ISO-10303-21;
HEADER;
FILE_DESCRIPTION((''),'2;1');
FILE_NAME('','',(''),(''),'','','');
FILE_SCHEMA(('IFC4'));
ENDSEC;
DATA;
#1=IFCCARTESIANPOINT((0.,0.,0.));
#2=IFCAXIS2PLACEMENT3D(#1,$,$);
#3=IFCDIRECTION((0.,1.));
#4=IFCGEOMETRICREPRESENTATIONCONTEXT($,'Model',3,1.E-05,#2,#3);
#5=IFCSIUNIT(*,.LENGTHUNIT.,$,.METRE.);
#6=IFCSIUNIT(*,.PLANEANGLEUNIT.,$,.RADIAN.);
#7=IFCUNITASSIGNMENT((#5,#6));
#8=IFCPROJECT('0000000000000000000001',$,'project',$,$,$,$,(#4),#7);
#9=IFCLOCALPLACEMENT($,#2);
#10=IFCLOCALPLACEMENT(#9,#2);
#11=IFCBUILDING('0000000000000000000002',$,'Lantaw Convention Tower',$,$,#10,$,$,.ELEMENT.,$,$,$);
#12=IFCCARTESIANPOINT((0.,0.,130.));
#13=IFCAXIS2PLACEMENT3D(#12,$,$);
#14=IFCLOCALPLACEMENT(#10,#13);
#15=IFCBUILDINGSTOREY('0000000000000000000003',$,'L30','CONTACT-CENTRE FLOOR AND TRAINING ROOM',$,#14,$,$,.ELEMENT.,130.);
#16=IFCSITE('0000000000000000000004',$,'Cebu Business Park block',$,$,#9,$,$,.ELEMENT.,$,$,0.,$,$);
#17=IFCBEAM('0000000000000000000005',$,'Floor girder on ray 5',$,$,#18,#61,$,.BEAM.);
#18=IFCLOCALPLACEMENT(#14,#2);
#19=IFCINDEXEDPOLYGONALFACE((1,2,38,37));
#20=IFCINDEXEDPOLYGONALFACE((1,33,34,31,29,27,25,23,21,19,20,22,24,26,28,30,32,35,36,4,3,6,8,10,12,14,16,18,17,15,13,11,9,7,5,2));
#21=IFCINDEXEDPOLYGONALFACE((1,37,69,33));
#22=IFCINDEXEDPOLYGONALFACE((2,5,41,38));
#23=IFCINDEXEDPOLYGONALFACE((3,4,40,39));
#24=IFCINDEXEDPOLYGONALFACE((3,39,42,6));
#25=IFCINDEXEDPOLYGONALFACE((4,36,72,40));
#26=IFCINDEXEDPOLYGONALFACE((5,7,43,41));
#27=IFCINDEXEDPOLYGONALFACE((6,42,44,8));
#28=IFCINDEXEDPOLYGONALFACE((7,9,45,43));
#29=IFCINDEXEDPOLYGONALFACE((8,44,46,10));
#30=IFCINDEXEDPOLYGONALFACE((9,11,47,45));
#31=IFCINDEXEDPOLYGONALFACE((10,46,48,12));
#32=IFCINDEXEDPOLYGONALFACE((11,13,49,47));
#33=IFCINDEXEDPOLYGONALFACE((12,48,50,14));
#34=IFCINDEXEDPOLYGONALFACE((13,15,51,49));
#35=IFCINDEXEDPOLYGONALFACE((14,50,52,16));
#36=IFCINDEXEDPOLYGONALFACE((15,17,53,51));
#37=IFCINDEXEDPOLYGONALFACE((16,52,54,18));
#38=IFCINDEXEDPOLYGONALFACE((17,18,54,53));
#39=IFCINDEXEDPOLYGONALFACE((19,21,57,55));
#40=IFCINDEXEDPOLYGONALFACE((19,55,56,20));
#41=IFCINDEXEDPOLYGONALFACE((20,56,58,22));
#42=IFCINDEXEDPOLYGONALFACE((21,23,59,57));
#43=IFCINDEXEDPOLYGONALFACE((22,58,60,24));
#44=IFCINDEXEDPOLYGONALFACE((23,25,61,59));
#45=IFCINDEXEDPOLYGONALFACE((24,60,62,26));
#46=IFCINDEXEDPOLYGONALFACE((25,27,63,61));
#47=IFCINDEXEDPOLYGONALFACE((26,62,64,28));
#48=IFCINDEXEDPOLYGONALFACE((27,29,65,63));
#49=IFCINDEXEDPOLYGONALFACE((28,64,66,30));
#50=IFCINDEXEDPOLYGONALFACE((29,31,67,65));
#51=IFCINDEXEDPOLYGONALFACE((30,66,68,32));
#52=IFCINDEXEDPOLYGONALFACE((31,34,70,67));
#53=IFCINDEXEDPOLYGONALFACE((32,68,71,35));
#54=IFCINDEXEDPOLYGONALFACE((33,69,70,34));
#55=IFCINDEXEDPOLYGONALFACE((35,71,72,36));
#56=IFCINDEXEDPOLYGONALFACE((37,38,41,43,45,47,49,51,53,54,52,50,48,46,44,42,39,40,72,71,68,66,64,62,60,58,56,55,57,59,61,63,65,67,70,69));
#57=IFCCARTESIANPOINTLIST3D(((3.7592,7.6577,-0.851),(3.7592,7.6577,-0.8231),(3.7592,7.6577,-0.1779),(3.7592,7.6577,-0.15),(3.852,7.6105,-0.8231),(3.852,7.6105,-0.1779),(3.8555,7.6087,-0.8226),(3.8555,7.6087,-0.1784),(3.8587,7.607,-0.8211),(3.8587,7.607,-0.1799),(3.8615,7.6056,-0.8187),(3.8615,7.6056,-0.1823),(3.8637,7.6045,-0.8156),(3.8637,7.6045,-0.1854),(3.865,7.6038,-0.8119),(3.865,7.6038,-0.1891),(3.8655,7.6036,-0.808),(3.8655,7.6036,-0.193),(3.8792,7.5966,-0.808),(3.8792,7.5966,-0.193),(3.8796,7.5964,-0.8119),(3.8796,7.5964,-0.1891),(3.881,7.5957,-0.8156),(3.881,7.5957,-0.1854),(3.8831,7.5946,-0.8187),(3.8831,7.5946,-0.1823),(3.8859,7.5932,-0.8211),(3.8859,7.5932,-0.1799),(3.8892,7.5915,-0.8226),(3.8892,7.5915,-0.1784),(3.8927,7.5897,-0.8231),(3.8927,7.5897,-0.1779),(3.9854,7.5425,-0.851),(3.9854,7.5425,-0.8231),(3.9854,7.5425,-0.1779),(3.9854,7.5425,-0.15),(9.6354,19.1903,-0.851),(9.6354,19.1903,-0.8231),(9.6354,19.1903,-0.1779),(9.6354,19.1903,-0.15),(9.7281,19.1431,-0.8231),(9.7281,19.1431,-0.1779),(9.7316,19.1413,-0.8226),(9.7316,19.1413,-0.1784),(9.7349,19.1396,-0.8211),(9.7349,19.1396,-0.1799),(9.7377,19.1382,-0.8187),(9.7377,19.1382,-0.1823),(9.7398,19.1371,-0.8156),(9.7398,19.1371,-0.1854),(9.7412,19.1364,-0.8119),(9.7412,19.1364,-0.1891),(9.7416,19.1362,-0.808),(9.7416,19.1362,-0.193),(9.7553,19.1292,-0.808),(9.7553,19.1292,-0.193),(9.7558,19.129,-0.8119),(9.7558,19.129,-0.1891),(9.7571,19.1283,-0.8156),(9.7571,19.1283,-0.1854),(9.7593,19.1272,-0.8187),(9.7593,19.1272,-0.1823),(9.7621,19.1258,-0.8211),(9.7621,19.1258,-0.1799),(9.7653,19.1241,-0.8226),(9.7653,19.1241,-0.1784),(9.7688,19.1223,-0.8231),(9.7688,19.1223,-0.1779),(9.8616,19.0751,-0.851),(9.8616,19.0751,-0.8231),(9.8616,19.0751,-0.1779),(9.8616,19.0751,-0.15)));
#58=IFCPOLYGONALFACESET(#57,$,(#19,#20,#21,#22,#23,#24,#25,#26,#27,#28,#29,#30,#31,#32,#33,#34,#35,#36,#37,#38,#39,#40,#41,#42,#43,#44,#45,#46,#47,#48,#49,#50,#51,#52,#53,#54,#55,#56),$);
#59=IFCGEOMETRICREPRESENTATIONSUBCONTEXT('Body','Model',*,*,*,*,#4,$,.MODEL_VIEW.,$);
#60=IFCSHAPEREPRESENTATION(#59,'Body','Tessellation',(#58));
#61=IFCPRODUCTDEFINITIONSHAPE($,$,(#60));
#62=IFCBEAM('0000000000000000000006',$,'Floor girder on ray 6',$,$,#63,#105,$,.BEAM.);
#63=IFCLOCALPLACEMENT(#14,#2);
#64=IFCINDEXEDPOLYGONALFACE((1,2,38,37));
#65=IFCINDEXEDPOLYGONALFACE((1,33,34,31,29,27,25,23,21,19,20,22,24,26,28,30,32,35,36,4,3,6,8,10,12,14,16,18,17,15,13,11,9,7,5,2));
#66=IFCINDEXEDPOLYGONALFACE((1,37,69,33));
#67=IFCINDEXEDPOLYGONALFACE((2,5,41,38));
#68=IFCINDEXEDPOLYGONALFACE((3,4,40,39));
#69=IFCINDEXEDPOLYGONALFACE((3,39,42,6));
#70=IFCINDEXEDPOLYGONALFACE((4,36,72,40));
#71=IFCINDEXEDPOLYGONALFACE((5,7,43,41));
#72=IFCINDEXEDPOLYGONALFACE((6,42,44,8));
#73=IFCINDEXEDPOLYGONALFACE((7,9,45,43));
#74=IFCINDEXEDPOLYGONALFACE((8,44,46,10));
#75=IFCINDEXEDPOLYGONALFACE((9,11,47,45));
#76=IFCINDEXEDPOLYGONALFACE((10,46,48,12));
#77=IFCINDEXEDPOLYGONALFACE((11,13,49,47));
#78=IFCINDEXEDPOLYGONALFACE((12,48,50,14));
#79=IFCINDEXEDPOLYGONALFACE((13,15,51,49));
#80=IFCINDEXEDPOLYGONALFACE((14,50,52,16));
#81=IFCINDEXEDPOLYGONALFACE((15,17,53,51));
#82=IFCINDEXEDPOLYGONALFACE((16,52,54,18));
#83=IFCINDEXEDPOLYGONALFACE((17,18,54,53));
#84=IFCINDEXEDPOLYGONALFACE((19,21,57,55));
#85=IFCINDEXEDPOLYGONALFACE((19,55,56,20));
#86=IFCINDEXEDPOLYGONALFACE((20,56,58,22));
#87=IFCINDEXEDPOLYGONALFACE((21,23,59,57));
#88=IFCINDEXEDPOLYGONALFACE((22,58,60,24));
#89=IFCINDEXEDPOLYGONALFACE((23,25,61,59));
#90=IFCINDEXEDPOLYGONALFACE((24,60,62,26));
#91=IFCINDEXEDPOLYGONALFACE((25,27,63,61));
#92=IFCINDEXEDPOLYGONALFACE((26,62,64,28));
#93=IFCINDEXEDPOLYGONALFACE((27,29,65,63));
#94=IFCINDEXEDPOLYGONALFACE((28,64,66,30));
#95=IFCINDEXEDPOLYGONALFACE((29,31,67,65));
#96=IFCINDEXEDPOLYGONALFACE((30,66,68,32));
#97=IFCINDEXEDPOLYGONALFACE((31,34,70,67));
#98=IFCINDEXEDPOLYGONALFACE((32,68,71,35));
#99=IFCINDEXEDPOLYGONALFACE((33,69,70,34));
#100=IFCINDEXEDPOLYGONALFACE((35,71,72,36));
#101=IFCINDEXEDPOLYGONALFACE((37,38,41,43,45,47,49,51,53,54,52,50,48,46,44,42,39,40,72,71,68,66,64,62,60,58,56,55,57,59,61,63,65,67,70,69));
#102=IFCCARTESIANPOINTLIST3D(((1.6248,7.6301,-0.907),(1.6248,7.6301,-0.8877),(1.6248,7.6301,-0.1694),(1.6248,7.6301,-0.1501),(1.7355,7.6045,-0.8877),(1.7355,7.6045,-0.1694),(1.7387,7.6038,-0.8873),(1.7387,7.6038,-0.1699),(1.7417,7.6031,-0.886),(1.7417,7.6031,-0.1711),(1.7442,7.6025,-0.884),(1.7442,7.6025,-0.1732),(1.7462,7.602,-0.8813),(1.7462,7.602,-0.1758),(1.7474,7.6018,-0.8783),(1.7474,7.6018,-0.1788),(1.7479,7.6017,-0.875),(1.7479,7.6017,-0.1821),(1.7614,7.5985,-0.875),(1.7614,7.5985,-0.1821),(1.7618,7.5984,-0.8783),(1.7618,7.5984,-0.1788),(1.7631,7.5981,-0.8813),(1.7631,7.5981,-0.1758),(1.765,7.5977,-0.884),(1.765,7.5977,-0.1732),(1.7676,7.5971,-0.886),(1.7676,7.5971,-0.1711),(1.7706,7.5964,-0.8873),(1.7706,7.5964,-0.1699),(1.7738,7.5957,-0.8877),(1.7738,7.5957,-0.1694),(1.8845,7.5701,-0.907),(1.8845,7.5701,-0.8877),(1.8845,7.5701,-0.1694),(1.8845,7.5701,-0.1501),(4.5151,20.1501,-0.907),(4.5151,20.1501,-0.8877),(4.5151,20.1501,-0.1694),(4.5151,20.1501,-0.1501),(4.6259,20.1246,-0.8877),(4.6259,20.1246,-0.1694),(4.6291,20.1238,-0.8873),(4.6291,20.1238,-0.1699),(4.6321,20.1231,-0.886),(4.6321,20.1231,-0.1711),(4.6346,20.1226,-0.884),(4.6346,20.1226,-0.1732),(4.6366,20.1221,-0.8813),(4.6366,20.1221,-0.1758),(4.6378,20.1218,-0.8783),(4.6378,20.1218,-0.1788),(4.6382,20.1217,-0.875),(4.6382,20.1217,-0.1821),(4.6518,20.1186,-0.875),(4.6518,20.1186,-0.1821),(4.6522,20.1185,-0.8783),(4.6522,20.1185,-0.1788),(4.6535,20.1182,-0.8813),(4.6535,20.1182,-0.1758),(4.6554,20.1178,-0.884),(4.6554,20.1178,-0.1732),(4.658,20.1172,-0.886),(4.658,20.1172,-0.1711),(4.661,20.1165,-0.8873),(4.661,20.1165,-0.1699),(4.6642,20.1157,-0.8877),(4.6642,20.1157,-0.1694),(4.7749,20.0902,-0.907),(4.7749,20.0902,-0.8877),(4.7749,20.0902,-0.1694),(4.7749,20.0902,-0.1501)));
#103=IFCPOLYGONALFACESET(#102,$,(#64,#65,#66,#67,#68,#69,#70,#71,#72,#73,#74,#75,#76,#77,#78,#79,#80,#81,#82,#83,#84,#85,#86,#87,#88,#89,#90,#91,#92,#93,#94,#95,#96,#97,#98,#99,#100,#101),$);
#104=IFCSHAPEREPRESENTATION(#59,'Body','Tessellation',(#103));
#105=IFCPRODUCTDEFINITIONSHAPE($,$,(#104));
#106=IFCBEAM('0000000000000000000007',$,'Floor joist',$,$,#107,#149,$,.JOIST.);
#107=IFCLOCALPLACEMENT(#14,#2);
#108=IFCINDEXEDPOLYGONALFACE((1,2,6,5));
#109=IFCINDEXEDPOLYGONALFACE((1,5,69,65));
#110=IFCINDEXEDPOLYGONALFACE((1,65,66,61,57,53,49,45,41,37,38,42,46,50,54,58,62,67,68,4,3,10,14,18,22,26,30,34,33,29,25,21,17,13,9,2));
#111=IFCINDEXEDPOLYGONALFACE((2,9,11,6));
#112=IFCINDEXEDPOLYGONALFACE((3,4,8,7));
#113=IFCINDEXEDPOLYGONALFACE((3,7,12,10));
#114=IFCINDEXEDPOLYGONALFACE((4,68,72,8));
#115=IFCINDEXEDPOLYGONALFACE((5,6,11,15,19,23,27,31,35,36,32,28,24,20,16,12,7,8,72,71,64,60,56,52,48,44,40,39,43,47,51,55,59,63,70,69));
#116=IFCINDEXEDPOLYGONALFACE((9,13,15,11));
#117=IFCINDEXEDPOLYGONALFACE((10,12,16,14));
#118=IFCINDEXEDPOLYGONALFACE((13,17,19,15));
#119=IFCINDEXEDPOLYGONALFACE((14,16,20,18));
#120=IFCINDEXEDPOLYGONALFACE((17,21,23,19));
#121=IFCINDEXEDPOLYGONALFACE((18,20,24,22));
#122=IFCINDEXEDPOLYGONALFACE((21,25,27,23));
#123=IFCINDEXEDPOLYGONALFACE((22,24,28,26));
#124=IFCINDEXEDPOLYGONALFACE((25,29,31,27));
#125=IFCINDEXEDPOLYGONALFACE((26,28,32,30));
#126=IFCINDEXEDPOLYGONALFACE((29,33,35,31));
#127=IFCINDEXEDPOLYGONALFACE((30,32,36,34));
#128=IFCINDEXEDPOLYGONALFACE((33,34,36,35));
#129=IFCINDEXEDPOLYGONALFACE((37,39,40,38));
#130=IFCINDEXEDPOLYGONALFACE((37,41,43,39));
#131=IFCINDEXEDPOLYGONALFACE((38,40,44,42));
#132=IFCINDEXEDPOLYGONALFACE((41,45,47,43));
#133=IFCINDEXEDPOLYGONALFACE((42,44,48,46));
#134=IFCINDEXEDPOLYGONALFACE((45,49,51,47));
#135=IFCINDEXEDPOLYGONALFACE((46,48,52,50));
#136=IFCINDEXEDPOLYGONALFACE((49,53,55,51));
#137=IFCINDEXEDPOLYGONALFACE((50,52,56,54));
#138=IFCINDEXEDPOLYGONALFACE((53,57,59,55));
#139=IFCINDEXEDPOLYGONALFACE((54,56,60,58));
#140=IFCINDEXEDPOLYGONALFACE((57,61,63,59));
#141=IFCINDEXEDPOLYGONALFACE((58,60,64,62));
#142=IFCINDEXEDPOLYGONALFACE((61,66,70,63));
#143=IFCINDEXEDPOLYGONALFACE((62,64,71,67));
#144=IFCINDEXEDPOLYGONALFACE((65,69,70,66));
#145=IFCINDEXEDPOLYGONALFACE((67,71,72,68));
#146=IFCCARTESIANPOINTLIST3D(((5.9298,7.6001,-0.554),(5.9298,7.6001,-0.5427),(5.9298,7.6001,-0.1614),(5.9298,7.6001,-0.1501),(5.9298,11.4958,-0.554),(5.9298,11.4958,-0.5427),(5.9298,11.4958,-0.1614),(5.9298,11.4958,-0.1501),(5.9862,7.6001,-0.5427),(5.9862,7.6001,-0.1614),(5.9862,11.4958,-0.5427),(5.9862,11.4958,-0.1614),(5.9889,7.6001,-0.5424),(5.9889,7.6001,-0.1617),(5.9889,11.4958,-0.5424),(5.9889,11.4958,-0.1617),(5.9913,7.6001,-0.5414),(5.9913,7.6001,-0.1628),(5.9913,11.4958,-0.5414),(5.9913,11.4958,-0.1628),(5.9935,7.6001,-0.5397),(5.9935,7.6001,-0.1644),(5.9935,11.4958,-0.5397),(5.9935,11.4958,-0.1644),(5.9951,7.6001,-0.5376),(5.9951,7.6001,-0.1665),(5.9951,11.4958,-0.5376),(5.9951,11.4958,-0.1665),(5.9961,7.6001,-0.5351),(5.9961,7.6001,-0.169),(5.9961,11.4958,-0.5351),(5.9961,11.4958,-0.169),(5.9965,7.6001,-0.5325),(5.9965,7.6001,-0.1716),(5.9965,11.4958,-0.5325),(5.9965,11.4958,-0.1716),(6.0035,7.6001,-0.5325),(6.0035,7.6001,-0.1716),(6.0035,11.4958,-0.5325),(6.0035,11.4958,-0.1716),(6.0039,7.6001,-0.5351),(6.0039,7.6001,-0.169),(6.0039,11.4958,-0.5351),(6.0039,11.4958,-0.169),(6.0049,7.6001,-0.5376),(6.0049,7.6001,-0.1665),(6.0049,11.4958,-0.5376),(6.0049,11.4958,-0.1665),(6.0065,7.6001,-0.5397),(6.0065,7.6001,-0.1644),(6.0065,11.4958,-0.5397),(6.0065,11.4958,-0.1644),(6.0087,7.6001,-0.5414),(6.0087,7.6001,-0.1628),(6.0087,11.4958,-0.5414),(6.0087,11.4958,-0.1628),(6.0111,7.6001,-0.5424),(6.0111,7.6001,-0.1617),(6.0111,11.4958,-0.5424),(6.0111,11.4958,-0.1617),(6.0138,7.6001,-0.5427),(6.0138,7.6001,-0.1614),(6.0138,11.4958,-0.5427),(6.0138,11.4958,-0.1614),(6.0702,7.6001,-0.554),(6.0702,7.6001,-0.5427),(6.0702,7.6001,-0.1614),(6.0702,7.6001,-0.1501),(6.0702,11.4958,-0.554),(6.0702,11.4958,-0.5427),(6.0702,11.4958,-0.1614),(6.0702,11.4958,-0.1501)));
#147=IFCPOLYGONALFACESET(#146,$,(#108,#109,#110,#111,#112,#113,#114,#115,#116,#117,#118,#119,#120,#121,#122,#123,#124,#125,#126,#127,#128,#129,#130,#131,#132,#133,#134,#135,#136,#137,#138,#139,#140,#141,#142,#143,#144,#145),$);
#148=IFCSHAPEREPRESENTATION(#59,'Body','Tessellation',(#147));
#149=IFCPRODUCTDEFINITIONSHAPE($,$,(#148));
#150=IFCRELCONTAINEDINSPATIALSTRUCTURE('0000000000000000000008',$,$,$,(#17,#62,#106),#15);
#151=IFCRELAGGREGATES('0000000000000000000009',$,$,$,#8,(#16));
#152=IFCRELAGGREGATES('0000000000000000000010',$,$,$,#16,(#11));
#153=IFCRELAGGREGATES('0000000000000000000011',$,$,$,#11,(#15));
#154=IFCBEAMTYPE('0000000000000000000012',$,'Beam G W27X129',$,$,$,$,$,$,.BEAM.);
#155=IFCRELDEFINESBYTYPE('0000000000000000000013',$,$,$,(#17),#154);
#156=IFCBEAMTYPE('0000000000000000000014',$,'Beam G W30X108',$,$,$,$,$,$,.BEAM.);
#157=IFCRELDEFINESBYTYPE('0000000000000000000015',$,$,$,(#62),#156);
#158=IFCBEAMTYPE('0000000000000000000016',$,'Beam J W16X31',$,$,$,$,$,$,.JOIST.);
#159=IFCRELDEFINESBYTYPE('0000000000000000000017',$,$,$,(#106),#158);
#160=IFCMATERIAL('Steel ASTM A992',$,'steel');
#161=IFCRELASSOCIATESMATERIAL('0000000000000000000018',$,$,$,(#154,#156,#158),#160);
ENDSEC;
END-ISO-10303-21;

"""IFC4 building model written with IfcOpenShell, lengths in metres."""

from ifc_helpers import new_model, si_unit, direction, frame, origin, origin_2d, place, context, subcontext, project, spatial, i_section, extrude, material, material_profile, profile_set, type_object, element, save


model = new_model("IFC4")

# Units and contexts
model_context = context("Model", 3, precision=1e-05, world=origin(), true_north=direction((0.0, 1.0)))
body_context = subcontext(model_context, "Body", "Model", "MODEL_VIEW")
ifc_project = project(units=[si_unit("LENGTHUNIT", "METRE"), si_unit("PLANEANGLEUNIT", "RADIAN")], contexts=[model_context])

# Site, building, storey
site_placement = place(None, origin())
site = spatial("IfcSite", under=ifc_project, at=site_placement, Name="Cebu Business Park block", CompositionType="ELEMENT", RefElevation=0.0)
building_placement = place(site_placement, origin())
building = spatial("IfcBuilding", under=site, at=building_placement, Name="Lantaw Convention Tower", CompositionType="ELEMENT")
storey_placement = place(building_placement, frame((0.0, 0.0, 130.0)))
storey = spatial("IfcBuildingStorey", under=building, at=storey_placement, Name="L30", Description="CONTACT-CENTRE FLOOR AND TRAINING ROOM", CompositionType="ELEMENT", Elevation=130.0)

# Beams
ifc_material_1 = material(Name="Steel ASTM A992", Category="steel")
ifc_material_profile_1 = material_profile(ifc_material_1, i_section(OverallWidth=0.2539, OverallDepth=0.7009, WebThickness=0.0154, FlangeThickness=0.0278, FilletRadius=0.0151, at=origin_2d()), Name="W27X129")
ifc_profile_set_1 = profile_set([ifc_material_profile_1], Name="Steel ASTM A992")
beam_type_1 = type_object("IfcBeamType", Name="Beam G W27X129", PredefinedType="BEAM", material=ifc_profile_set_1)
beam_1_placement = place(storey_placement, frame((3.8723, 7.6001, -0.5005), z_axis=(0.453991, 0.891006, 0.0), x_axis=(-0.891006, 0.453991, 0.0)))
element("IfcBeam", 1, at=beam_1_placement, inside=storey, type_object=beam_type_1, Name="Floor girder on ray 5", PredefinedType="BEAM", context=body_context, shape_type="SweptSolid", body=[
    extrude(i_section(OverallWidth=0.2539, OverallDepth=0.7009, WebThickness=0.0154, FlangeThickness=0.0278, FilletRadius=0.0151, at=origin_2d()), origin(), (0.0, 0.0, 1.0), 12.9434),
])
ifc_material_profile_2 = material_profile(ifc_material_1, i_section(OverallWidth=0.2666, OverallDepth=0.7568, WebThickness=0.0139, FlangeThickness=0.0193, FilletRadius=0.0127, at=origin_2d()), Name="W30X108")
ifc_profile_set_2 = profile_set([ifc_material_profile_2], Name="Steel ASTM A992")
beam_type_2 = type_object("IfcBeamType", Name="Beam G W30X108", PredefinedType="BEAM", material=ifc_profile_set_2)
beam_2_placement = place(storey_placement, frame((1.7546, 7.6001, -0.5286), z_axis=(0.224944, 0.974372, 0.0), x_axis=(-0.974372, 0.224944, 0.0)))
element("IfcBeam", 2, at=beam_2_placement, inside=storey, type_object=beam_type_2, Name="Floor girder on ray 6", PredefinedType="BEAM", context=body_context, shape_type="SweptSolid", body=[
    extrude(i_section(OverallWidth=0.2666, OverallDepth=0.7568, WebThickness=0.0139, FlangeThickness=0.0193, FilletRadius=0.0127, at=origin_2d()), origin(), (0.0, 0.0, 1.0), 12.8494),
])
ifc_material_profile_3 = material_profile(ifc_material_1, i_section(OverallWidth=0.1404, OverallDepth=0.4038, WebThickness=0.0071, FlangeThickness=0.0112, FilletRadius=0.0103, at=origin_2d()), Name="W16X31")
ifc_profile_set_3 = profile_set([ifc_material_profile_3], Name="Steel ASTM A992")
beam_type_3 = type_object("IfcBeamType", Name="Beam J W16X31", PredefinedType="JOIST", material=ifc_profile_set_3)
beam_3_placement = place(storey_placement, frame((6.0, 7.6001, -0.3521), z_axis=(0.0, 1.0, 0.0), x_axis=(-1.0, 0.0, 0.0)))
element("IfcBeam", 3, at=beam_3_placement, inside=storey, type_object=beam_type_3, Name="Floor joist", PredefinedType="JOIST", context=body_context, shape_type="SweptSolid", body=[
    extrude(i_section(OverallWidth=0.1404, OverallDepth=0.4038, WebThickness=0.0071, FlangeThickness=0.0112, FilletRadius=0.0103, at=origin_2d()), origin(), (0.0, 0.0, 1.0), 3.8958),
])

save(model, "model.ifc")
